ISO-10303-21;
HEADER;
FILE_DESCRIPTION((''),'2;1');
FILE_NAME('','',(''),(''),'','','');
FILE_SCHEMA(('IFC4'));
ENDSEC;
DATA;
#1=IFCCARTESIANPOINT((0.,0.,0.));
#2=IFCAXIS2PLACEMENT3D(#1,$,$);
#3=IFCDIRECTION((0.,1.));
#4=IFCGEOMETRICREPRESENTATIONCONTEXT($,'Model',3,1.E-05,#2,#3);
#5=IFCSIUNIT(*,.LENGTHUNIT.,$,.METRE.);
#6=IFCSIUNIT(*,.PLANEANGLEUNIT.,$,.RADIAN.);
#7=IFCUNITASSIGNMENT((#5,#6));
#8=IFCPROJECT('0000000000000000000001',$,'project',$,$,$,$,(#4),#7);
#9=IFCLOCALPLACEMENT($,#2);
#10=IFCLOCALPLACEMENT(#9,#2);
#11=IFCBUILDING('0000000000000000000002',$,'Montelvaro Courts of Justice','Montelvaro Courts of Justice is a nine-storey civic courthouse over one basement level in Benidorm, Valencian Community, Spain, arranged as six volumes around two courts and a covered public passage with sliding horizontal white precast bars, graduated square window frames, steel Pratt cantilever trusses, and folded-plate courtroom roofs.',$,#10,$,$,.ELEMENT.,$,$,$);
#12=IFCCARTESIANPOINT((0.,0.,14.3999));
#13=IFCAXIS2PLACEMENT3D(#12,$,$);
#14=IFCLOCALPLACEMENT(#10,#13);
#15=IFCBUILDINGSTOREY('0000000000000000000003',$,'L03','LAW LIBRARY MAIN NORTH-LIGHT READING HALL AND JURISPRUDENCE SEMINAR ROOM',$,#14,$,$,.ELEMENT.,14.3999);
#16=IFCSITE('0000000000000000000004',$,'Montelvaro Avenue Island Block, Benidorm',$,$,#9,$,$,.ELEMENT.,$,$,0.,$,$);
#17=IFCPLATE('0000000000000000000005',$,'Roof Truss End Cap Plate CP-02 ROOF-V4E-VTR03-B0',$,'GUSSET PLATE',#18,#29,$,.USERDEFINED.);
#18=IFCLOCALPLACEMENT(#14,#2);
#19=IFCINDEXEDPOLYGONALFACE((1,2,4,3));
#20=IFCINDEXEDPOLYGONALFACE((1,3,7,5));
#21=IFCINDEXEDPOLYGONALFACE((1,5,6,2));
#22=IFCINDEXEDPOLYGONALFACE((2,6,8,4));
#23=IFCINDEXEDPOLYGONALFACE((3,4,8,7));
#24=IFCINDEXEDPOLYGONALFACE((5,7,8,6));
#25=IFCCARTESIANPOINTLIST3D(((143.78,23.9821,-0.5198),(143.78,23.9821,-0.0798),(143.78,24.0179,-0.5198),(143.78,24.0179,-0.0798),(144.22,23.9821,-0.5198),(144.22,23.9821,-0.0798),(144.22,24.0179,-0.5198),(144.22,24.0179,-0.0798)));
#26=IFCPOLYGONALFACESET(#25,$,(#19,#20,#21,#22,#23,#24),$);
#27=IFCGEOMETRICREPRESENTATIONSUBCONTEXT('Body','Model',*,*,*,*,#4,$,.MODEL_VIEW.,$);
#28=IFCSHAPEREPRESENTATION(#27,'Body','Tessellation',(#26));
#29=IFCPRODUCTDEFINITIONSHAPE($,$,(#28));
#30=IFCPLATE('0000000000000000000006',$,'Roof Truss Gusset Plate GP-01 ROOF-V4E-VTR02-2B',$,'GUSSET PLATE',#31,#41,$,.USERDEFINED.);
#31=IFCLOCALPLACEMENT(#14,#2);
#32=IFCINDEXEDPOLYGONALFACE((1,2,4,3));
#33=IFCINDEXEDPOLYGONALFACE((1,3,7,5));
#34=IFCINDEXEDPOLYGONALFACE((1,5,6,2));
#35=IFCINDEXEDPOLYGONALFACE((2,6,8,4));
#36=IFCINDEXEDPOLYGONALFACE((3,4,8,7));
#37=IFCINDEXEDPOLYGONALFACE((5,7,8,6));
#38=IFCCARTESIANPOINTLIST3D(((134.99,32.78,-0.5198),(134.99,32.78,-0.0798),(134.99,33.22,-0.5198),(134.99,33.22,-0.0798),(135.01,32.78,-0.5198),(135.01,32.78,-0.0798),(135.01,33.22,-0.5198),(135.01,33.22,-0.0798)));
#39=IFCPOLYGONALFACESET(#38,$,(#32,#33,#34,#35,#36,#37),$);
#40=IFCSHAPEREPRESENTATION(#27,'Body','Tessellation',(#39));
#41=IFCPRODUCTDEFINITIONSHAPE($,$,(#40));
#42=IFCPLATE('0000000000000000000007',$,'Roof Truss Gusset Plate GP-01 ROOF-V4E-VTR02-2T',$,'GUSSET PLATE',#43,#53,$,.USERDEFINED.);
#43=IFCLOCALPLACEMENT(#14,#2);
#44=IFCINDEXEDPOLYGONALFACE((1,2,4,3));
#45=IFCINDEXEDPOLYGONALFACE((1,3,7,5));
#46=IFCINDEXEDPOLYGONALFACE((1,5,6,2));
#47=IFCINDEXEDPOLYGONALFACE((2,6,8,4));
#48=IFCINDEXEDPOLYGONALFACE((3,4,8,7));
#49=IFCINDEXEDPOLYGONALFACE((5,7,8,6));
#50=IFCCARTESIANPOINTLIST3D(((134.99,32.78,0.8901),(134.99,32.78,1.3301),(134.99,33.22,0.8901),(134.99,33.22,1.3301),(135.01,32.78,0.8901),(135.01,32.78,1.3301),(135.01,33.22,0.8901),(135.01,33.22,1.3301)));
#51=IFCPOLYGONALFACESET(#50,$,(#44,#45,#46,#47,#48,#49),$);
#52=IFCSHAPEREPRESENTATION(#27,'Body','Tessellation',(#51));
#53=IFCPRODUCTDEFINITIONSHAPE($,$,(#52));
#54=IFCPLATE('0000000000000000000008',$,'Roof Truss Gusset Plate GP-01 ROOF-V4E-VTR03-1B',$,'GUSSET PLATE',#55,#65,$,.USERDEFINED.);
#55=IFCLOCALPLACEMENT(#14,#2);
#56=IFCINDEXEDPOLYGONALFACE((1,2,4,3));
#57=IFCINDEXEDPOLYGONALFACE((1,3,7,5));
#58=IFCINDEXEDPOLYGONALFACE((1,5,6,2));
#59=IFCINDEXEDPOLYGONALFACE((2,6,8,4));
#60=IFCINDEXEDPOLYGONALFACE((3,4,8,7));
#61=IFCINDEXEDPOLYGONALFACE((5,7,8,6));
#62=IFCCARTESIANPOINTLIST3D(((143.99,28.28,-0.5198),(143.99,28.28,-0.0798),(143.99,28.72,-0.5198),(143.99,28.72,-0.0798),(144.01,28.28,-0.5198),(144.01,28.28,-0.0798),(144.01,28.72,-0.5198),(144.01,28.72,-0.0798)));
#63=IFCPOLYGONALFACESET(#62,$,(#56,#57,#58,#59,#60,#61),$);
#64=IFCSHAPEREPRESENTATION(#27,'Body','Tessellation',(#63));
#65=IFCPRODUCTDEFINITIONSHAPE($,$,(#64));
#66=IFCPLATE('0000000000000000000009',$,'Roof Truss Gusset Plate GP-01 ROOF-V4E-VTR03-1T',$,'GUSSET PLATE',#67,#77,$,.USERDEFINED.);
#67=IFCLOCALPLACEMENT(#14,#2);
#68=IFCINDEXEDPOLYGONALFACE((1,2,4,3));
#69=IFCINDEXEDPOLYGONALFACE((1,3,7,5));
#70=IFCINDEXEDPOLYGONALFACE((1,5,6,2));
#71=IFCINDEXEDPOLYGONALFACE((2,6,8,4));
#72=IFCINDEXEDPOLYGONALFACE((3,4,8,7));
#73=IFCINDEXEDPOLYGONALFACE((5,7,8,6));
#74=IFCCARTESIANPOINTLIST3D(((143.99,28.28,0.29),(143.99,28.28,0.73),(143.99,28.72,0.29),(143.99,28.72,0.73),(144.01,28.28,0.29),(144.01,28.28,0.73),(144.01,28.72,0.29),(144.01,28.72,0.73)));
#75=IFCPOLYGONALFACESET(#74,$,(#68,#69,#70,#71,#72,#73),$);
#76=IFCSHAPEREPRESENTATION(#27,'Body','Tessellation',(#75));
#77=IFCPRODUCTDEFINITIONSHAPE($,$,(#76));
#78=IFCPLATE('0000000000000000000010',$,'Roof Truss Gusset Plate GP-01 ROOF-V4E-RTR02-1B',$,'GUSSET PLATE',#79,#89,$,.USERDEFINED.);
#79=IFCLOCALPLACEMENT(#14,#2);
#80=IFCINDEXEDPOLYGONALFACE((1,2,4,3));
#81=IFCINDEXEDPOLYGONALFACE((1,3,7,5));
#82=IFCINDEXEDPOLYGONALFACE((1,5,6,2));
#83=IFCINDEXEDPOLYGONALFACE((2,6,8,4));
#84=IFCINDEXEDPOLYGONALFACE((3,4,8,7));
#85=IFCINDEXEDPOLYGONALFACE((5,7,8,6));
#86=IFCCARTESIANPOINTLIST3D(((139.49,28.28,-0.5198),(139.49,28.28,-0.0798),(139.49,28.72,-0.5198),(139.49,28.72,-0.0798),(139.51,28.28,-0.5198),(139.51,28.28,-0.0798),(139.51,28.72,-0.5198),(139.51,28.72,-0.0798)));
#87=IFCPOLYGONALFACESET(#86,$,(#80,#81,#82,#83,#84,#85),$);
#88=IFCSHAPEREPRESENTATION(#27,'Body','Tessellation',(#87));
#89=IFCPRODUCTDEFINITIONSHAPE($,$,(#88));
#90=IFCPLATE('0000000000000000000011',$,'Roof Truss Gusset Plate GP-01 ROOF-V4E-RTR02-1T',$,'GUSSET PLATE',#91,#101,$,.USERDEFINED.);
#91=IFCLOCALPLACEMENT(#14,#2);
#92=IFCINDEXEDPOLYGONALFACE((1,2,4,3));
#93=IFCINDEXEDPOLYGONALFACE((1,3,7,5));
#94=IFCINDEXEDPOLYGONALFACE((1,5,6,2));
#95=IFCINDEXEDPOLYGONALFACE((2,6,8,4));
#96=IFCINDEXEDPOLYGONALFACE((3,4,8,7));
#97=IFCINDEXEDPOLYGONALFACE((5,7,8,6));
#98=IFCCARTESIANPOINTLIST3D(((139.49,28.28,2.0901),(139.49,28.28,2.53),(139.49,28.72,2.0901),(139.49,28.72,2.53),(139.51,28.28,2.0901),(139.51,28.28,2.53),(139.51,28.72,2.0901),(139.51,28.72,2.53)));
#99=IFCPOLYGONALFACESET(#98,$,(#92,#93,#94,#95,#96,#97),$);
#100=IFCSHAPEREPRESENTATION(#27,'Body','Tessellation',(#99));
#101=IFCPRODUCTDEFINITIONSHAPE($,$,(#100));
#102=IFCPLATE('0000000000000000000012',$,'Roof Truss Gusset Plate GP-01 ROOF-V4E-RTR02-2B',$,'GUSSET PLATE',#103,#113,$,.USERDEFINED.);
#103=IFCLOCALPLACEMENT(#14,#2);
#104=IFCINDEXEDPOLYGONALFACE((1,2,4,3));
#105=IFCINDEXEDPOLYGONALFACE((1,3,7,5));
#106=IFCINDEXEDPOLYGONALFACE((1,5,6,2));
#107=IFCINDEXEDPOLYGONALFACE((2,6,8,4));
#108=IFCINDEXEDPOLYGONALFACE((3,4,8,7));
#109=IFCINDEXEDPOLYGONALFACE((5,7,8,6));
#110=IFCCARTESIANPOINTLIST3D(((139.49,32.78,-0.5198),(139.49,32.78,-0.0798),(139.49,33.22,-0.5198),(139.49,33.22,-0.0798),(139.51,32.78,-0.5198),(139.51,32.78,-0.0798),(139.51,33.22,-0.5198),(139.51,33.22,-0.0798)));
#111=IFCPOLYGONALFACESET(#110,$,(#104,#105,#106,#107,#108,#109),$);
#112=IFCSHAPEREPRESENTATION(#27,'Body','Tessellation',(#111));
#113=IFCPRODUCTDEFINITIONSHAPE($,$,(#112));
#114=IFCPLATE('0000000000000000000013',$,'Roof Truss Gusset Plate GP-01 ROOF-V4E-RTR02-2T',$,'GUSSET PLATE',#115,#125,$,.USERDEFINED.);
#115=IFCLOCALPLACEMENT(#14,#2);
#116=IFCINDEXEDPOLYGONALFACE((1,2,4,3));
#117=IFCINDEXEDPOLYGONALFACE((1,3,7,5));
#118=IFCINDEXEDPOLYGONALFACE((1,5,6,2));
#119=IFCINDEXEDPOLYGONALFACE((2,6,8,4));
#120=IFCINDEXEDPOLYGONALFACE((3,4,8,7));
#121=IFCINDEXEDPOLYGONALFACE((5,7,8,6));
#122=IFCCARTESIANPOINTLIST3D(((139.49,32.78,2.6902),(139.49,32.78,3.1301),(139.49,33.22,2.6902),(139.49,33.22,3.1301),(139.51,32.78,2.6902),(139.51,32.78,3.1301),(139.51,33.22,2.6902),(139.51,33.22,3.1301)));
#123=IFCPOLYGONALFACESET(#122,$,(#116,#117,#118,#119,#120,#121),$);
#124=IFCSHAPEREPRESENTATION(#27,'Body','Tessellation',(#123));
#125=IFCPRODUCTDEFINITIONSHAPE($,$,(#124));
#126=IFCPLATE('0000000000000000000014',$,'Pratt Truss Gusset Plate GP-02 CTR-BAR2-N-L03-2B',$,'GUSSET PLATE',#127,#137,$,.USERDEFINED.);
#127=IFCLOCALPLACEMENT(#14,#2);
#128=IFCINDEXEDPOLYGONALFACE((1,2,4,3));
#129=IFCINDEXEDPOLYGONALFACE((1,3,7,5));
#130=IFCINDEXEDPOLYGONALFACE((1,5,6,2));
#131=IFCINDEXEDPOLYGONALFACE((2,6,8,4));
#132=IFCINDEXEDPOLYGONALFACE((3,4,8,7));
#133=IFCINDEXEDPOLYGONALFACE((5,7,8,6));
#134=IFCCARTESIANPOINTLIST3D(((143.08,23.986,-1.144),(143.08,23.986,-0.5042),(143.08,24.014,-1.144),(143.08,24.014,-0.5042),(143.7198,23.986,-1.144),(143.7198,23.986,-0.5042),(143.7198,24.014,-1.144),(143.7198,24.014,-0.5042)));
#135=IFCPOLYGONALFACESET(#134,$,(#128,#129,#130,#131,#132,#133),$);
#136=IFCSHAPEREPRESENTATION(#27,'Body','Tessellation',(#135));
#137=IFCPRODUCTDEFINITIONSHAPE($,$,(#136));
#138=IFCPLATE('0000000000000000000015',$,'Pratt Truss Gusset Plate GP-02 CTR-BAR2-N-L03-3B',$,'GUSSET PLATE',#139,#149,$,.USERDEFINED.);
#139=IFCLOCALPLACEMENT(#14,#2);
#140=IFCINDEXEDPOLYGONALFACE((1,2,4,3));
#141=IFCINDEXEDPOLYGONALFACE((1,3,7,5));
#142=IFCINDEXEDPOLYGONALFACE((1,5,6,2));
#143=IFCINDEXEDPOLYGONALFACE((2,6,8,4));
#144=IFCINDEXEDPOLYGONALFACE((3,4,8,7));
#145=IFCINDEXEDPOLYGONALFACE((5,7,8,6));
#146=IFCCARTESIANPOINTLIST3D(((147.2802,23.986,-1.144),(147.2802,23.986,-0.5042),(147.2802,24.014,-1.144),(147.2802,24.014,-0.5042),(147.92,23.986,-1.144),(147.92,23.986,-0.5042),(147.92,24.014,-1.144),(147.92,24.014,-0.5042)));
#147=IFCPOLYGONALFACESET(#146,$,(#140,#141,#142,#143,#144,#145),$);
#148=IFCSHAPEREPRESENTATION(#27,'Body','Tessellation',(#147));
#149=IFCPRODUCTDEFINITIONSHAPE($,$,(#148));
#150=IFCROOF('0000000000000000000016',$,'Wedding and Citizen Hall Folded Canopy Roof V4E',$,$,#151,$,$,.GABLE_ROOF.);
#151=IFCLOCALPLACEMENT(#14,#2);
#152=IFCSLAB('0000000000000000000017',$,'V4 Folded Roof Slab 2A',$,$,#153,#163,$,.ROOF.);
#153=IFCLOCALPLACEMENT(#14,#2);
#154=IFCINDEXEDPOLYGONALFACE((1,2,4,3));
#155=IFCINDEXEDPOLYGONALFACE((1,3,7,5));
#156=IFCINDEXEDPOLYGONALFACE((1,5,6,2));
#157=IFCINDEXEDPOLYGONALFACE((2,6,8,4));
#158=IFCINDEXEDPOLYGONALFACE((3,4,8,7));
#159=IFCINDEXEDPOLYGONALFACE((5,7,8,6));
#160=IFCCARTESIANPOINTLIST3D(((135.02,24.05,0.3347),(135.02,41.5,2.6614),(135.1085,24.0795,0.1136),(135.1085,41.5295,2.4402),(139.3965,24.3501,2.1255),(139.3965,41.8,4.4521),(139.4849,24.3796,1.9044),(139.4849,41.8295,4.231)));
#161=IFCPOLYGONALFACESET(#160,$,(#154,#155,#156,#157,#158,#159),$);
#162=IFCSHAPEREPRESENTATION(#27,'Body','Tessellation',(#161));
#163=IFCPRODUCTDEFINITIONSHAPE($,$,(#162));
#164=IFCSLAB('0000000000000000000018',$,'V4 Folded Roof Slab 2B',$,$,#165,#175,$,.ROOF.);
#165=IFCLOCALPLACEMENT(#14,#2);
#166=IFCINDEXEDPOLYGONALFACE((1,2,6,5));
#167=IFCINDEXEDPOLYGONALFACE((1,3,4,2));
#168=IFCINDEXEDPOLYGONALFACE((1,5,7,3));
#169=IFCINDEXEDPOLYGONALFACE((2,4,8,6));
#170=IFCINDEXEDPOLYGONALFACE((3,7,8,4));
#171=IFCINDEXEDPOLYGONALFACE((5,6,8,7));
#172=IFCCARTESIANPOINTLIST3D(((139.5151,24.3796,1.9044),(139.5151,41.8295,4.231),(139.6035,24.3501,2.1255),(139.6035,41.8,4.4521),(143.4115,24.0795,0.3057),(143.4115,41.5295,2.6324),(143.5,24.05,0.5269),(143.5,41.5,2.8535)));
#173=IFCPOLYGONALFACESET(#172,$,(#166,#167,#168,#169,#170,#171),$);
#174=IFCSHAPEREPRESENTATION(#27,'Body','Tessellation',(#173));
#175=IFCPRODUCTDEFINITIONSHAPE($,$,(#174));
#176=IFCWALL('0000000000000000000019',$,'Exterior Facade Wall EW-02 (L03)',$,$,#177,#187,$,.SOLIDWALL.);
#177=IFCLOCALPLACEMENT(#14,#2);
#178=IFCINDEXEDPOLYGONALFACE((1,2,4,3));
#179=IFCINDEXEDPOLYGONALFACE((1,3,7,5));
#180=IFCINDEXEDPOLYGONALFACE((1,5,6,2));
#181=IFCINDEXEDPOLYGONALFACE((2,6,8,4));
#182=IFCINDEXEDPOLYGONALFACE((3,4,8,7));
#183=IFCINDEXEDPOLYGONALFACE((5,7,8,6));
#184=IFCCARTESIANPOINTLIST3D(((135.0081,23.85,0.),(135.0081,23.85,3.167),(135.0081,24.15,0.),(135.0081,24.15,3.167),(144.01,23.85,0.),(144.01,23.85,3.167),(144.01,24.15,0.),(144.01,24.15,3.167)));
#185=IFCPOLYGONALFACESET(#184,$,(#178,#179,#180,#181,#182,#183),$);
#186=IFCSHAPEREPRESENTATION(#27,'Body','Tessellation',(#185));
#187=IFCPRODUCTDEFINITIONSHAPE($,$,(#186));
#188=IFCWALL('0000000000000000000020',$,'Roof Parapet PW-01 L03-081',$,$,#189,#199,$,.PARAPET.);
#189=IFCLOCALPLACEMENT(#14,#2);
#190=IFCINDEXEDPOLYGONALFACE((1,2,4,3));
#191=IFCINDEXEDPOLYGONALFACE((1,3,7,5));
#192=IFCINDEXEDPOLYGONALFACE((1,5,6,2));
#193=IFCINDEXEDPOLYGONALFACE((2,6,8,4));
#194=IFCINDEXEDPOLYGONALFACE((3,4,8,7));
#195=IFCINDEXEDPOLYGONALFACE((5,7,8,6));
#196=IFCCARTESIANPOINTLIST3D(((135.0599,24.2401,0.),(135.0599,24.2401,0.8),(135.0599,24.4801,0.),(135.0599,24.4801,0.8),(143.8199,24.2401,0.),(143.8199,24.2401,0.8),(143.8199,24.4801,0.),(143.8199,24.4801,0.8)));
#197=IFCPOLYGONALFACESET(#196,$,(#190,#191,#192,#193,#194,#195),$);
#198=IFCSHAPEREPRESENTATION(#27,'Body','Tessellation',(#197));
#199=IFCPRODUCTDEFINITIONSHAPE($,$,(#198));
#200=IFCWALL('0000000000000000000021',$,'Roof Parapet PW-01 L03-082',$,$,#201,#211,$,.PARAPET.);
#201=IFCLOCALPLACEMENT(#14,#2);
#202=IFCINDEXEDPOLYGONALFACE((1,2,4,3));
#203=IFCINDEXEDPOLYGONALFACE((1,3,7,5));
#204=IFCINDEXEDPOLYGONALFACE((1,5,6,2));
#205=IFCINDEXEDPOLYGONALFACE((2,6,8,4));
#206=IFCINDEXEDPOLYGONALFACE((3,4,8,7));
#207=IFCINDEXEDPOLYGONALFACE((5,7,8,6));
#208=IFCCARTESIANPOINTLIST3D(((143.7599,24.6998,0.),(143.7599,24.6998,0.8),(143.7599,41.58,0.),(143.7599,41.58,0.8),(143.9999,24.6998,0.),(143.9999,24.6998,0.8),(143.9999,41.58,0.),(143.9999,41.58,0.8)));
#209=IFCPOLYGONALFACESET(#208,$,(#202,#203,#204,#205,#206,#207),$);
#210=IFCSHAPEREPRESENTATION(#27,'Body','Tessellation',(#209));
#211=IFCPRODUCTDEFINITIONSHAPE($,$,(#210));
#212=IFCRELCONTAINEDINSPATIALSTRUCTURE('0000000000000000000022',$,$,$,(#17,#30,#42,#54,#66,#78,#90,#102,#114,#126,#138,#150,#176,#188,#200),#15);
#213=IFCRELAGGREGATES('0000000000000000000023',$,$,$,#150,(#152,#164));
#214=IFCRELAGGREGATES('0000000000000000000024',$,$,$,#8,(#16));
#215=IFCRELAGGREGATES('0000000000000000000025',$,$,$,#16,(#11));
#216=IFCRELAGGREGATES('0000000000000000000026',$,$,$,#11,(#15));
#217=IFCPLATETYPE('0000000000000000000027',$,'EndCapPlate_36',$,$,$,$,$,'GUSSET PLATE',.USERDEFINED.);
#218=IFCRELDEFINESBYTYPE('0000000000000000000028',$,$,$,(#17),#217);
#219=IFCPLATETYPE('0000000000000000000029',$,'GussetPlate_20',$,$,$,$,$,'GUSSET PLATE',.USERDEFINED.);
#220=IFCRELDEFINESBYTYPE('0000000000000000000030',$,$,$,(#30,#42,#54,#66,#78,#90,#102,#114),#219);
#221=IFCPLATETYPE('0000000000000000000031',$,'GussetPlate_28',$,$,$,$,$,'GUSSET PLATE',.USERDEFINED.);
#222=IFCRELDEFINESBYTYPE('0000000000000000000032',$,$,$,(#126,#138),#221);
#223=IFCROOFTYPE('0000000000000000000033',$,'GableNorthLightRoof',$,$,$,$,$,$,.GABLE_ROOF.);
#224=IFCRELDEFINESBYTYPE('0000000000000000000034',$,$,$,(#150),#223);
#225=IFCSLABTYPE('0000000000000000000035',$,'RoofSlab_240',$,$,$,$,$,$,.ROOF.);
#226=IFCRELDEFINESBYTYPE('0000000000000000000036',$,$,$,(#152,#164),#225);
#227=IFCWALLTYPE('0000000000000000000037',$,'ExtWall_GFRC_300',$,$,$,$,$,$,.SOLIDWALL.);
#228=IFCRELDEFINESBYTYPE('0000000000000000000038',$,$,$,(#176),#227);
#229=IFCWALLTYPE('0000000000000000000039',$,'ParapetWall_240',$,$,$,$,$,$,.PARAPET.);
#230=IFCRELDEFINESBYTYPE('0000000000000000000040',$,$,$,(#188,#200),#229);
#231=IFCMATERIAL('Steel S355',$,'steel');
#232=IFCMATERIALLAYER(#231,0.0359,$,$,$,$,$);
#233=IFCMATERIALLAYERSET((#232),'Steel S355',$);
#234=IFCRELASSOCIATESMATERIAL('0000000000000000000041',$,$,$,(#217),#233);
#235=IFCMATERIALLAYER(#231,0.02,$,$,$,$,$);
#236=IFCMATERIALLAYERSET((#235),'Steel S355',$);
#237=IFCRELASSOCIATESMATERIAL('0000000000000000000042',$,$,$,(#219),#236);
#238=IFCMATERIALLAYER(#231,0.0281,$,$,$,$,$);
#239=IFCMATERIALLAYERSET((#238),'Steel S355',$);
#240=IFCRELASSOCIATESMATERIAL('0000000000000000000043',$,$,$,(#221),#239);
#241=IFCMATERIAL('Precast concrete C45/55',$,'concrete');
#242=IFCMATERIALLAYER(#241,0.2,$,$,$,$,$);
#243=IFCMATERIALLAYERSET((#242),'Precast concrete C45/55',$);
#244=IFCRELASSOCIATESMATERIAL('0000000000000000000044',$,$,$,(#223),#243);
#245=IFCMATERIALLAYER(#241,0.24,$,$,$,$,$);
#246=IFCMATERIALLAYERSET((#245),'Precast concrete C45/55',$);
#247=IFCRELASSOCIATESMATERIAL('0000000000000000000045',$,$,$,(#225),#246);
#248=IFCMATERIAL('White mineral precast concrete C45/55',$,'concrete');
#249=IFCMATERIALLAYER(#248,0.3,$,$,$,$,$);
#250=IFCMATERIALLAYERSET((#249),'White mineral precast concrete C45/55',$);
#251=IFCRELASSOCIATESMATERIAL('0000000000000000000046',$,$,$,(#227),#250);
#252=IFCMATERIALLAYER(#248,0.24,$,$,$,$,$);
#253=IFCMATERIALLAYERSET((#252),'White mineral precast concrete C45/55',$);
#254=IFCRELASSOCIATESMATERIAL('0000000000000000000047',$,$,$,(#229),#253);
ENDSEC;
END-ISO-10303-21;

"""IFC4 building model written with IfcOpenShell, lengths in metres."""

from ifc_helpers import new_model, si_unit, direction, frame, frame_2d, origin, origin_2d, place, context, subcontext, project, spatial, polyline, rectangle, outline, extrude, material, layer, layer_set, type_object, element, aggregate, save


model = new_model("IFC4")

# Units and contexts
model_context = context("Model", 3, precision=1e-05, world=origin(), true_north=direction((0.0, 1.0)))
body_context = subcontext(model_context, "Body", "Model", "MODEL_VIEW")
ifc_project = project(units=[si_unit("LENGTHUNIT", "METRE"), si_unit("PLANEANGLEUNIT", "RADIAN")], contexts=[model_context])

# Site, building, storey
site_placement = place(None, origin())
site = spatial("IfcSite", under=ifc_project, at=site_placement, Name="Montelvaro Avenue Island Block, Benidorm", CompositionType="ELEMENT", RefElevation=0.0)
building_placement = place(site_placement, origin())
building = spatial("IfcBuilding", under=site, at=building_placement, Name="Montelvaro Courts of Justice", Description="Montelvaro Courts of Justice is a nine-storey civic courthouse over one basement level in Benidorm, Valencian Community, Spain, arranged as six volumes around two courts and a covered public passage with sliding horizontal white precast bars, graduated square window frames, steel Pratt cantilever trusses, and folded-plate courtroom roofs.", CompositionType="ELEMENT")
storey_placement = place(building_placement, frame((0.0, 0.0, 14.3999)))
storey = spatial("IfcBuildingStorey", under=building, at=storey_placement, Name="L03", Description="LAW LIBRARY MAIN NORTH-LIGHT READING HALL AND JURISPRUDENCE SEMINAR ROOM", CompositionType="ELEMENT", Elevation=14.3999)

# Shared definitions
ifc_material_1 = material(Name="Steel S355", Category="steel")

# Plates
ifc_layer_1 = layer(ifc_material_1, 0.0359)
ifc_layer_set_1 = layer_set([ifc_layer_1], Name="Steel S355")
plate_type_1 = type_object("IfcPlateType", Name="EndCapPlate_36", ElementType="GUSSET PLATE", PredefinedType="USERDEFINED", material=ifc_layer_set_1)
plate_placement = place(storey_placement, frame((144.0, 24.0, -0.5198), z_axis=(0.0, 0.0, 1.0), x_axis=(1.0, 0.0, 0.0)))
element("IfcPlate", 1, at=plate_placement, inside=storey, type_object=plate_type_1, Name="Roof Truss End Cap Plate CP-02 ROOF-V4E-VTR03-B0", ObjectType="GUSSET PLATE", PredefinedType="USERDEFINED", context=body_context, shape_type="SweptSolid", body=[
    extrude(rectangle(XDim=0.4399, YDim=0.0359, at=origin_2d()), origin(), (0.0, 0.0, 1.0), 0.4399),
])
ifc_layer_2 = layer(ifc_material_1, 0.02)
ifc_layer_set_2 = layer_set([ifc_layer_2], Name="Steel S355")
plate_type_2 = type_object("IfcPlateType", Name="GussetPlate_20", ElementType="GUSSET PLATE", PredefinedType="USERDEFINED", material=ifc_layer_set_2)
for number, where, z_axis, x_axis, name in (
    (2, (135.0, 33.0, -0.5198), (0.0, 0.0, 1.0), (1.0, 0.0, 0.0), "Roof Truss Gusset Plate GP-01 ROOF-V4E-VTR02-2B"),
    (3, (135.0, 33.0, 0.8901), (0.0, 0.0, 1.0), (1.0, 0.0, 0.0), "Roof Truss Gusset Plate GP-01 ROOF-V4E-VTR02-2T"),
    (4, (144.0, 28.5, -0.5198), (0.0, 0.0, 1.0), (1.0, 0.0, 0.0), "Roof Truss Gusset Plate GP-01 ROOF-V4E-VTR03-1B"),
    (5, (144.0, 28.5, 0.29), (0.0, 0.0, 1.0), (1.0, 0.0, 0.0), "Roof Truss Gusset Plate GP-01 ROOF-V4E-VTR03-1T"),
    (6, (139.5, 28.5, -0.5198), (0.0, 0.0, 1.0), (1.0, 0.0, 0.0), "Roof Truss Gusset Plate GP-01 ROOF-V4E-RTR02-1B"),
    (7, (139.5, 28.5, 2.0901), (0.0, 0.0, 1.0), (1.0, 0.0, 0.0), "Roof Truss Gusset Plate GP-01 ROOF-V4E-RTR02-1T"),
    (8, (139.5, 33.0, -0.5198), (0.0, 0.0, 1.0), (1.0, 0.0, 0.0), "Roof Truss Gusset Plate GP-01 ROOF-V4E-RTR02-2B"),
    (9, (139.5, 33.0, 2.6902), (0.0, 0.0, 1.0), (1.0, 0.0, 0.0), "Roof Truss Gusset Plate GP-01 ROOF-V4E-RTR02-2T"),
):
    element("IfcPlate", number, at=place(storey_placement, frame(where, z_axis=z_axis, x_axis=x_axis)), inside=storey, type_object=plate_type_2, Name=name, ObjectType="GUSSET PLATE", PredefinedType="USERDEFINED", context=body_context, shape_type="SweptSolid", body=[
        extrude(rectangle(XDim=0.02, YDim=0.4399, at=origin_2d()), origin(), (0.0, 0.0, 1.0), 0.4399),
    ])
ifc_layer_3 = layer(ifc_material_1, 0.0281)
ifc_layer_set_3 = layer_set([ifc_layer_3], Name="Steel S355")
plate_type_3 = type_object("IfcPlateType", Name="GussetPlate_28", ElementType="GUSSET PLATE", PredefinedType="USERDEFINED", material=ifc_layer_set_3)
for number, where, z_axis, x_axis, name in (
    (10, (143.3999, 24.0, -1.144), (0.0, 0.0, 1.0), (1.0, 0.0, 0.0), "Pratt Truss Gusset Plate GP-02 CTR-BAR2-N-L03-2B"),
    (11, (147.6001, 24.0, -1.144), (0.0, 0.0, 1.0), (1.0, 0.0, 0.0), "Pratt Truss Gusset Plate GP-02 CTR-BAR2-N-L03-3B"),
):
    element("IfcPlate", number, at=place(storey_placement, frame(where, z_axis=z_axis, x_axis=x_axis)), inside=storey, type_object=plate_type_3, Name=name, ObjectType="GUSSET PLATE", PredefinedType="USERDEFINED", context=body_context, shape_type="SweptSolid", body=[
        extrude(rectangle(XDim=0.6399, YDim=0.0281, at=origin_2d()), origin(), (0.0, 0.0, 1.0), 0.6399),
    ])

# Roof, slabs
ifc_material_2 = material(Name="Precast concrete C45/55", Category="concrete")
ifc_layer_4 = layer(ifc_material_2, 0.2)
ifc_layer_set_4 = layer_set([ifc_layer_4], Name="Precast concrete C45/55")
roof_type = type_object("IfcRoofType", Name="GableNorthLightRoof", PredefinedType="GABLE_ROOF", material=ifc_layer_set_4)
roof_placement = place(storey_placement, origin())
roof = element("IfcRoof", 12, at=roof_placement, inside=storey, type_object=roof_type, Name="Wedding and Citizen Hall Folded Canopy Roof V4E", PredefinedType="GABLE_ROOF")
ifc_layer_5 = layer(ifc_material_2, 0.24)
ifc_layer_set_5 = layer_set([ifc_layer_5], Name="Precast concrete C45/55")
slab_type = type_object("IfcSlabType", Name="RoofSlab_240", PredefinedType="ROOF", material=ifc_layer_set_5)
slab_1_placement = place(storey_placement, frame((135.02, 24.05, 0.3347), z_axis=(-0.36861, -0.122857, 0.92143), x_axis=(0.92366, 0.063326, 0.377945)))
slab_1 = element("IfcSlab", 13, at=slab_1_placement, type_object=slab_type, Name="V4 Folded Roof Slab 2A", PredefinedType="ROOF", context=body_context, shape_type="SweptSolid", body=[
    extrude(outline(polyline([(0.0, 0.0), (4.7382, 0.0), (6.7226, 17.4922), (1.9844, 17.4922), (0.0, 0.0)])), origin(), (0.0, 0.0, -1.0), 0.24),
])
slab_2_placement = place(storey_placement, frame((139.6035, 24.3501, 2.1255), z_axis=(0.368584, -0.122859, 0.92144), x_axis=(0.922823, -0.071062, -0.378612)))
slab_2 = element("IfcSlab", 14, at=slab_2_placement, type_object=slab_type, Name="V4 Folded Roof Slab 2B", PredefinedType="ROOF", context=body_context, shape_type="SweptSolid", body=[
    extrude(outline(polyline([(0.0, 0.0), (4.2224, 0.0), (2.1014, 17.4761), (-2.1209, 17.4761), (0.0, 0.0)])), origin(), (0.0, 0.0, -1.0), 0.24),
])
aggregate(roof, [slab_1, slab_2])

# Walls
ifc_material_3 = material(Name="White mineral precast concrete C45/55", Category="concrete")
ifc_layer_6 = layer(ifc_material_3, 0.3)
ifc_layer_set_6 = layer_set([ifc_layer_6], Name="White mineral precast concrete C45/55")
wall_type_1 = type_object("IfcWallType", Name="ExtWall_GFRC_300", PredefinedType="SOLIDWALL", material=ifc_layer_set_6)
wall_1_placement = place(storey_placement, frame((144.01, 24.0, 0.0), z_axis=(0.0, 0.0, 1.0), x_axis=(-1.0, 0.0, 0.0)))
element("IfcWall", 15, at=wall_1_placement, inside=storey, type_object=wall_type_1, Name="Exterior Facade Wall EW-02 (L03)", PredefinedType="SOLIDWALL", context=body_context, shape_type="SweptSolid", body=[
    extrude(rectangle(XDim=9.002, YDim=0.3, at=frame_2d((4.501, 0.0))), origin(), (0.0, 0.0, 1.0), 3.167),
])
ifc_layer_7 = layer(ifc_material_3, 0.24)
ifc_layer_set_7 = layer_set([ifc_layer_7], Name="White mineral precast concrete C45/55")
wall_type_2 = type_object("IfcWallType", Name="ParapetWall_240", PredefinedType="PARAPET", material=ifc_layer_set_7)
wall_2_placement = place(storey_placement, frame((135.0601, 24.3601, 0.0), z_axis=(0.0, 0.0, 1.0), x_axis=(1.0, 0.0, 0.0)))
element("IfcWall", 16, at=wall_2_placement, inside=storey, type_object=wall_type_2, Name="Roof Parapet PW-01 L03-081", PredefinedType="PARAPET", context=body_context, shape_type="SweptSolid", body=[
    extrude(rectangle(XDim=8.76, YDim=0.24, at=frame_2d((4.3799, 0.0))), origin(), (0.0, 0.0, 1.0), 0.8),
])
wall_3_placement = place(storey_placement, frame((143.8799, 24.7, 0.0), z_axis=(0.0, 0.0, 1.0), x_axis=(0.0, 1.0, 0.0)))
element("IfcWall", 17, at=wall_3_placement, inside=storey, type_object=wall_type_2, Name="Roof Parapet PW-01 L03-082", PredefinedType="PARAPET", context=body_context, shape_type="SweptSolid", body=[
    extrude(rectangle(XDim=16.8801, YDim=0.24, at=frame_2d((8.4399, 0.0))), origin(), (0.0, 0.0, 1.0), 0.8),
])

save(model, "model.ifc")
